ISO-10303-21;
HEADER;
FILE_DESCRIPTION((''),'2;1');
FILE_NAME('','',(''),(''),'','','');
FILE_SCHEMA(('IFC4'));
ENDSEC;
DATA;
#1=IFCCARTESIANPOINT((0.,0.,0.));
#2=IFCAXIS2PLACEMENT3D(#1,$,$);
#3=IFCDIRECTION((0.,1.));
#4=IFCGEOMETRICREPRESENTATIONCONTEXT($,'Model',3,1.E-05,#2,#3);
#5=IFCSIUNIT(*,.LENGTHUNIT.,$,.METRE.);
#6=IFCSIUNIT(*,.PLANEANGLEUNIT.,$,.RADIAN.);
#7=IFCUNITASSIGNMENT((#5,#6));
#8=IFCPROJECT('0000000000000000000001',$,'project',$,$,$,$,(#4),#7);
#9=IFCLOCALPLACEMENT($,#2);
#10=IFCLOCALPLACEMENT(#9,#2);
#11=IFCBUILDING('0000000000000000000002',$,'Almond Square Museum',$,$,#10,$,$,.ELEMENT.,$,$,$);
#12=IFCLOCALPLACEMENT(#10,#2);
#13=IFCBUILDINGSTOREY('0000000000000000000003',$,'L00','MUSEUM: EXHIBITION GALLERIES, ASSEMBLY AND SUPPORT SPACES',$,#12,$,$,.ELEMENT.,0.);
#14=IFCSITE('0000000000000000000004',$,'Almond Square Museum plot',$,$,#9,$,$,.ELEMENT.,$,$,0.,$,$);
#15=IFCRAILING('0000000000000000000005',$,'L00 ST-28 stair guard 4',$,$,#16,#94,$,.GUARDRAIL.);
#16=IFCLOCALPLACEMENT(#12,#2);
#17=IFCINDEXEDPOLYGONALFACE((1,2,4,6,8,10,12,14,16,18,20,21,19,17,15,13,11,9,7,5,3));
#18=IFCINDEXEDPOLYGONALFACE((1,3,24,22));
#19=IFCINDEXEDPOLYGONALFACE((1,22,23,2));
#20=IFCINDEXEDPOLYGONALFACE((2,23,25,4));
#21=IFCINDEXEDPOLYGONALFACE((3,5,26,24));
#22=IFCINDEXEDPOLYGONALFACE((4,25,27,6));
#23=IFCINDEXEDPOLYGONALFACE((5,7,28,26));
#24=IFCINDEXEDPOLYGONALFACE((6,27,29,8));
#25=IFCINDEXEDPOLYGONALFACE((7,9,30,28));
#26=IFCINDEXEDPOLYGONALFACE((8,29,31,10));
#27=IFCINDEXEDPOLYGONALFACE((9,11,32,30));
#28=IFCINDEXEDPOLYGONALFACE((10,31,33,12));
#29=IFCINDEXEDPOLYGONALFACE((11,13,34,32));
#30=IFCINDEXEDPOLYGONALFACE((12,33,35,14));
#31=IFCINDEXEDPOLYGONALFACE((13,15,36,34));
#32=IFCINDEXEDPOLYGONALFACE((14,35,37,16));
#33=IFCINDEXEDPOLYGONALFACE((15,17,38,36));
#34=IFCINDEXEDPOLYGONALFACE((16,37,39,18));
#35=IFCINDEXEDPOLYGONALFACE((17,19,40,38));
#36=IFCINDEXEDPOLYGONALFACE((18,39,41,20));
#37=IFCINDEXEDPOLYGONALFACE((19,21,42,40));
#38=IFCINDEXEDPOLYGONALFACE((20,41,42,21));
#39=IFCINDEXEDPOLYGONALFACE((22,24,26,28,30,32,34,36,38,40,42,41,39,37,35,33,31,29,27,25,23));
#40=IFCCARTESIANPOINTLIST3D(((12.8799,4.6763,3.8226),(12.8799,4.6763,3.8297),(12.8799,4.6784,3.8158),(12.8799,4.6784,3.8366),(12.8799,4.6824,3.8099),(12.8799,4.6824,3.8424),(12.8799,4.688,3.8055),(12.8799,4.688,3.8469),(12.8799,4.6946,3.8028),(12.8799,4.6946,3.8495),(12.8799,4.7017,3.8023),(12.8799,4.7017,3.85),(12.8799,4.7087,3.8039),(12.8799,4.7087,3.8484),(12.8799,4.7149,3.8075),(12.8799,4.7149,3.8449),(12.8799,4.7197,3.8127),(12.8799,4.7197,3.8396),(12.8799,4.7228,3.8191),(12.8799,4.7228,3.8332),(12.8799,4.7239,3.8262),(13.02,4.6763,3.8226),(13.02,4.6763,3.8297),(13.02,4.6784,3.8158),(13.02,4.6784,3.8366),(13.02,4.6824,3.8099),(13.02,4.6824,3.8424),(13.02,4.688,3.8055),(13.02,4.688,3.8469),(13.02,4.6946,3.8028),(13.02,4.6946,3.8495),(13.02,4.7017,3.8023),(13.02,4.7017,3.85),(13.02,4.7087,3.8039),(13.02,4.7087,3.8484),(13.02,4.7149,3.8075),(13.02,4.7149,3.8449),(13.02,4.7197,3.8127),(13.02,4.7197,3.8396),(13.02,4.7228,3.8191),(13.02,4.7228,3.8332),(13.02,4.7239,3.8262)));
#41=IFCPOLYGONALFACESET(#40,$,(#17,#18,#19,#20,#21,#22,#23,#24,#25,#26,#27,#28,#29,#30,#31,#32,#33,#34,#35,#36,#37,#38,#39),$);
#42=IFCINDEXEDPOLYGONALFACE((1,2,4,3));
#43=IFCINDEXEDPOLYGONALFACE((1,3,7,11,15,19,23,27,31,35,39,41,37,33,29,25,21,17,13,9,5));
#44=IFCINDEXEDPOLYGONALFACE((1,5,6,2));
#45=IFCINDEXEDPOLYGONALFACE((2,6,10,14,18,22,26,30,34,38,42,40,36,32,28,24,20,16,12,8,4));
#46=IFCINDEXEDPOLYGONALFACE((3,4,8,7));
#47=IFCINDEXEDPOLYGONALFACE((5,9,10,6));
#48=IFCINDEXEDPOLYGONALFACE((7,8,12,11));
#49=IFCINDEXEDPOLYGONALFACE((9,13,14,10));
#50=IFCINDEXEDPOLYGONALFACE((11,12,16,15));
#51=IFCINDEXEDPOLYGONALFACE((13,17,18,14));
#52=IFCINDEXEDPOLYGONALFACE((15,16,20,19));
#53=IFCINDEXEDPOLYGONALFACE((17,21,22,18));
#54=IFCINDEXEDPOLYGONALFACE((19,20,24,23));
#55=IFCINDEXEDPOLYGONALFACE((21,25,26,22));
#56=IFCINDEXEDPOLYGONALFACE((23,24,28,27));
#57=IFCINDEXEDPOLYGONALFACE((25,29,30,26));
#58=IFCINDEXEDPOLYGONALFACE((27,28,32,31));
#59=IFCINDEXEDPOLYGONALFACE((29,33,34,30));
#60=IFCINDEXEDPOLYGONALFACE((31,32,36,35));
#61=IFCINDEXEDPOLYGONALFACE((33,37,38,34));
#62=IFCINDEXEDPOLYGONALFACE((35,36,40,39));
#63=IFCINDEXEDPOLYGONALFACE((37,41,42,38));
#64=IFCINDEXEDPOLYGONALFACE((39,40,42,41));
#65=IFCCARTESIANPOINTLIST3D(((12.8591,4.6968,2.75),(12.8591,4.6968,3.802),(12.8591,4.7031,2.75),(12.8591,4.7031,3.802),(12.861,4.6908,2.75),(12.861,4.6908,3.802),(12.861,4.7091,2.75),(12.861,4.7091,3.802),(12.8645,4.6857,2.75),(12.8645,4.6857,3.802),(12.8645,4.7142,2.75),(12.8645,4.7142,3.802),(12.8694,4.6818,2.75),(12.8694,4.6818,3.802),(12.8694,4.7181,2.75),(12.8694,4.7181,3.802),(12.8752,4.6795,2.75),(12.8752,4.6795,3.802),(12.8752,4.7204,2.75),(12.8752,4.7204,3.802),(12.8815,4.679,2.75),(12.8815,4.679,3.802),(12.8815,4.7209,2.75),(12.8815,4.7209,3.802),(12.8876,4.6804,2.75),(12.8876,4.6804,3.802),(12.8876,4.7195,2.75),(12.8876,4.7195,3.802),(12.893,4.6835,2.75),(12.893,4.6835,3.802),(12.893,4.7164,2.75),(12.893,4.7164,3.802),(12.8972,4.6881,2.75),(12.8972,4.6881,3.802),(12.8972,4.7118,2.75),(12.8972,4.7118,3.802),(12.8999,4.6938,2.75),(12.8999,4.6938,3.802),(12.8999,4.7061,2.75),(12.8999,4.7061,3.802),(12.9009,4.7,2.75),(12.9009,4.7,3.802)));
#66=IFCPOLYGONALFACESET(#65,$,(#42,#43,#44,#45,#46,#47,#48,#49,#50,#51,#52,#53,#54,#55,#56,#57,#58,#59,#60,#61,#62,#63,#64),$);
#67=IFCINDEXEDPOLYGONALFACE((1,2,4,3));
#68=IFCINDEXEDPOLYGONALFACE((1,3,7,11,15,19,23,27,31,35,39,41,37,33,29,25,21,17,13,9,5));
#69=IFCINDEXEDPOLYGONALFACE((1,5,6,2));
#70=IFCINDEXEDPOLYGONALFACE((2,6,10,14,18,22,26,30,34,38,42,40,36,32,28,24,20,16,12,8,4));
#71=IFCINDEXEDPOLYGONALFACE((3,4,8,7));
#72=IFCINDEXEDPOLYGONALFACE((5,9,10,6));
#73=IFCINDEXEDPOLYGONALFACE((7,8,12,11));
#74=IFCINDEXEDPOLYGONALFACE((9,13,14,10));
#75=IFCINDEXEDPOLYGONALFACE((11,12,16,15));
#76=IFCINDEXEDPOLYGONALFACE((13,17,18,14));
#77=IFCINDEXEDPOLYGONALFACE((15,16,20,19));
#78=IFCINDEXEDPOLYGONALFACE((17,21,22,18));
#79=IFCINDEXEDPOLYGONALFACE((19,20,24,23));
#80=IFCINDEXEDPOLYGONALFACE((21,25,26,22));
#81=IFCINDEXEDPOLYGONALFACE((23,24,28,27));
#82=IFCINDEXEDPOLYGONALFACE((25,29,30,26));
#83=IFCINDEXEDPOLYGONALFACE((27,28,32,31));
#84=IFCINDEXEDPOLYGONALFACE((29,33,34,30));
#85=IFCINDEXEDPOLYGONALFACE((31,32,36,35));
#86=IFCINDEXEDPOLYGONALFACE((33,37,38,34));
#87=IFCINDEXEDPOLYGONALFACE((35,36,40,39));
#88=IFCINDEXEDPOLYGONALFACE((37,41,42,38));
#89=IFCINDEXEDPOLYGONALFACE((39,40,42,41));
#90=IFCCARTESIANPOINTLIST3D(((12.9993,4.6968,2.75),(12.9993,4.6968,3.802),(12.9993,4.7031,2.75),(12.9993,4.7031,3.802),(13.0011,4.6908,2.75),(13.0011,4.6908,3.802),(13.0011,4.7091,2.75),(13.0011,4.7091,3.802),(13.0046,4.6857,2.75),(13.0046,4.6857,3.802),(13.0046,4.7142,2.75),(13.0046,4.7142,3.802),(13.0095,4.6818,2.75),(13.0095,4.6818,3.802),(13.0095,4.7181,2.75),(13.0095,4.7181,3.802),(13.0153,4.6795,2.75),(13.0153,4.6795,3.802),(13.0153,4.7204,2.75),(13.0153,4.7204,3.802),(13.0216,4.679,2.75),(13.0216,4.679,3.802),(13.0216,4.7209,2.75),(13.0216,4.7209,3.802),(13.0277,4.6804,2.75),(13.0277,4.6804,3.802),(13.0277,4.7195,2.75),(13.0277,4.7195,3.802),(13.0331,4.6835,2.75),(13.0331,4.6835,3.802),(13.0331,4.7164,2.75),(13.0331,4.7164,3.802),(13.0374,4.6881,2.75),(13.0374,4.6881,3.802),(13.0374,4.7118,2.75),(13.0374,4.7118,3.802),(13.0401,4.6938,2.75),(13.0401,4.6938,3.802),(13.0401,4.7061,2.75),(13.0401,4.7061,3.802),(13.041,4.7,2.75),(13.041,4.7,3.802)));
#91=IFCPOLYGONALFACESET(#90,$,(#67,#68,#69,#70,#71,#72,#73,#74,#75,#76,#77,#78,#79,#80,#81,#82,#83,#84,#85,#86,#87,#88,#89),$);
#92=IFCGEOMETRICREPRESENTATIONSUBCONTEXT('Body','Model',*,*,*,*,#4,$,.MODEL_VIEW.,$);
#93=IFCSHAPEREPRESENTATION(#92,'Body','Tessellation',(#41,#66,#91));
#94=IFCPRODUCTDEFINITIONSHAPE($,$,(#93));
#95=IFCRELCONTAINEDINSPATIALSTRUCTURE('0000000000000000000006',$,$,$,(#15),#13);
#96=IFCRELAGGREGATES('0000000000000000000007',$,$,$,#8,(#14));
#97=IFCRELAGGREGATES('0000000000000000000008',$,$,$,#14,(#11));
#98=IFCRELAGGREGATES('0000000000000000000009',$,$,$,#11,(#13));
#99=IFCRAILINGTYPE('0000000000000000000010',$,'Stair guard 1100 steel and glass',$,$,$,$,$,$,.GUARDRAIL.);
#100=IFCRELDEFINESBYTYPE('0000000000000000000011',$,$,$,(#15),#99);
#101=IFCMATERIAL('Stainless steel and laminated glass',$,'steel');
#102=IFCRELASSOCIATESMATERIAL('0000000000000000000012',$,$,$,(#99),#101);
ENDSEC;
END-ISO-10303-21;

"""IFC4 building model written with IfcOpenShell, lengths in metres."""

from ifc_helpers import new_model, si_unit, direction, frame, origin, origin_2d, place, context, subcontext, project, spatial, circle, extrude, material, type_object, element, save


model = new_model("IFC4")

# Units and contexts
model_context = context("Model", 3, precision=1e-05, world=origin(), true_north=direction((0.0, 1.0)))
body_context = subcontext(model_context, "Body", "Model", "MODEL_VIEW")
ifc_project = project(units=[si_unit("LENGTHUNIT", "METRE"), si_unit("PLANEANGLEUNIT", "RADIAN")], contexts=[model_context])

# Site, building, storey
site_placement = place(None, origin())
site = spatial("IfcSite", under=ifc_project, at=site_placement, Name="Almond Square Museum plot", CompositionType="ELEMENT", RefElevation=0.0)
building_placement = place(site_placement, origin())
building = spatial("IfcBuilding", under=site, at=building_placement, Name="Almond Square Museum", CompositionType="ELEMENT")
storey_placement = place(building_placement, origin())
storey = spatial("IfcBuildingStorey", under=building, at=storey_placement, Name="L00", Description="MUSEUM: EXHIBITION GALLERIES, ASSEMBLY AND SUPPORT SPACES", CompositionType="ELEMENT", Elevation=0.0)

# Railing
ifc_material_1 = material(Name="Stainless steel and laminated glass", Category="steel")
railing_type_1 = type_object("IfcRailingType", Name="Stair guard 1100 steel and glass", PredefinedType="GUARDRAIL", material=ifc_material_1)
railing_1_placement = place(storey_placement, frame((12.8799, 4.7, 2.75)))
element("IfcRailing", 1, at=railing_1_placement, inside=storey, type_object=railing_type_1, Name="L00 ST-28 stair guard 4", PredefinedType="GUARDRAIL", context=body_context, shape_type="SweptSolid", body=[
    extrude(circle(Radius=0.0239, at=origin_2d()), frame((0.0, 0.0, 1.0762), z_axis=(1.0, 0.0, 0.0), x_axis=(0.0, 1.0, 0.0)), (0.0, 0.0, 1.0), 0.1401),
    extrude(circle(Radius=0.021, at=origin_2d()), origin(), (0.0, 0.0, 1.0), 1.052),
    extrude(circle(Radius=0.021, at=origin_2d()), frame((0.1401, 0.0, 0.0)), (0.0, 0.0, 1.0), 1.052),
])

save(model, "model.ifc")
